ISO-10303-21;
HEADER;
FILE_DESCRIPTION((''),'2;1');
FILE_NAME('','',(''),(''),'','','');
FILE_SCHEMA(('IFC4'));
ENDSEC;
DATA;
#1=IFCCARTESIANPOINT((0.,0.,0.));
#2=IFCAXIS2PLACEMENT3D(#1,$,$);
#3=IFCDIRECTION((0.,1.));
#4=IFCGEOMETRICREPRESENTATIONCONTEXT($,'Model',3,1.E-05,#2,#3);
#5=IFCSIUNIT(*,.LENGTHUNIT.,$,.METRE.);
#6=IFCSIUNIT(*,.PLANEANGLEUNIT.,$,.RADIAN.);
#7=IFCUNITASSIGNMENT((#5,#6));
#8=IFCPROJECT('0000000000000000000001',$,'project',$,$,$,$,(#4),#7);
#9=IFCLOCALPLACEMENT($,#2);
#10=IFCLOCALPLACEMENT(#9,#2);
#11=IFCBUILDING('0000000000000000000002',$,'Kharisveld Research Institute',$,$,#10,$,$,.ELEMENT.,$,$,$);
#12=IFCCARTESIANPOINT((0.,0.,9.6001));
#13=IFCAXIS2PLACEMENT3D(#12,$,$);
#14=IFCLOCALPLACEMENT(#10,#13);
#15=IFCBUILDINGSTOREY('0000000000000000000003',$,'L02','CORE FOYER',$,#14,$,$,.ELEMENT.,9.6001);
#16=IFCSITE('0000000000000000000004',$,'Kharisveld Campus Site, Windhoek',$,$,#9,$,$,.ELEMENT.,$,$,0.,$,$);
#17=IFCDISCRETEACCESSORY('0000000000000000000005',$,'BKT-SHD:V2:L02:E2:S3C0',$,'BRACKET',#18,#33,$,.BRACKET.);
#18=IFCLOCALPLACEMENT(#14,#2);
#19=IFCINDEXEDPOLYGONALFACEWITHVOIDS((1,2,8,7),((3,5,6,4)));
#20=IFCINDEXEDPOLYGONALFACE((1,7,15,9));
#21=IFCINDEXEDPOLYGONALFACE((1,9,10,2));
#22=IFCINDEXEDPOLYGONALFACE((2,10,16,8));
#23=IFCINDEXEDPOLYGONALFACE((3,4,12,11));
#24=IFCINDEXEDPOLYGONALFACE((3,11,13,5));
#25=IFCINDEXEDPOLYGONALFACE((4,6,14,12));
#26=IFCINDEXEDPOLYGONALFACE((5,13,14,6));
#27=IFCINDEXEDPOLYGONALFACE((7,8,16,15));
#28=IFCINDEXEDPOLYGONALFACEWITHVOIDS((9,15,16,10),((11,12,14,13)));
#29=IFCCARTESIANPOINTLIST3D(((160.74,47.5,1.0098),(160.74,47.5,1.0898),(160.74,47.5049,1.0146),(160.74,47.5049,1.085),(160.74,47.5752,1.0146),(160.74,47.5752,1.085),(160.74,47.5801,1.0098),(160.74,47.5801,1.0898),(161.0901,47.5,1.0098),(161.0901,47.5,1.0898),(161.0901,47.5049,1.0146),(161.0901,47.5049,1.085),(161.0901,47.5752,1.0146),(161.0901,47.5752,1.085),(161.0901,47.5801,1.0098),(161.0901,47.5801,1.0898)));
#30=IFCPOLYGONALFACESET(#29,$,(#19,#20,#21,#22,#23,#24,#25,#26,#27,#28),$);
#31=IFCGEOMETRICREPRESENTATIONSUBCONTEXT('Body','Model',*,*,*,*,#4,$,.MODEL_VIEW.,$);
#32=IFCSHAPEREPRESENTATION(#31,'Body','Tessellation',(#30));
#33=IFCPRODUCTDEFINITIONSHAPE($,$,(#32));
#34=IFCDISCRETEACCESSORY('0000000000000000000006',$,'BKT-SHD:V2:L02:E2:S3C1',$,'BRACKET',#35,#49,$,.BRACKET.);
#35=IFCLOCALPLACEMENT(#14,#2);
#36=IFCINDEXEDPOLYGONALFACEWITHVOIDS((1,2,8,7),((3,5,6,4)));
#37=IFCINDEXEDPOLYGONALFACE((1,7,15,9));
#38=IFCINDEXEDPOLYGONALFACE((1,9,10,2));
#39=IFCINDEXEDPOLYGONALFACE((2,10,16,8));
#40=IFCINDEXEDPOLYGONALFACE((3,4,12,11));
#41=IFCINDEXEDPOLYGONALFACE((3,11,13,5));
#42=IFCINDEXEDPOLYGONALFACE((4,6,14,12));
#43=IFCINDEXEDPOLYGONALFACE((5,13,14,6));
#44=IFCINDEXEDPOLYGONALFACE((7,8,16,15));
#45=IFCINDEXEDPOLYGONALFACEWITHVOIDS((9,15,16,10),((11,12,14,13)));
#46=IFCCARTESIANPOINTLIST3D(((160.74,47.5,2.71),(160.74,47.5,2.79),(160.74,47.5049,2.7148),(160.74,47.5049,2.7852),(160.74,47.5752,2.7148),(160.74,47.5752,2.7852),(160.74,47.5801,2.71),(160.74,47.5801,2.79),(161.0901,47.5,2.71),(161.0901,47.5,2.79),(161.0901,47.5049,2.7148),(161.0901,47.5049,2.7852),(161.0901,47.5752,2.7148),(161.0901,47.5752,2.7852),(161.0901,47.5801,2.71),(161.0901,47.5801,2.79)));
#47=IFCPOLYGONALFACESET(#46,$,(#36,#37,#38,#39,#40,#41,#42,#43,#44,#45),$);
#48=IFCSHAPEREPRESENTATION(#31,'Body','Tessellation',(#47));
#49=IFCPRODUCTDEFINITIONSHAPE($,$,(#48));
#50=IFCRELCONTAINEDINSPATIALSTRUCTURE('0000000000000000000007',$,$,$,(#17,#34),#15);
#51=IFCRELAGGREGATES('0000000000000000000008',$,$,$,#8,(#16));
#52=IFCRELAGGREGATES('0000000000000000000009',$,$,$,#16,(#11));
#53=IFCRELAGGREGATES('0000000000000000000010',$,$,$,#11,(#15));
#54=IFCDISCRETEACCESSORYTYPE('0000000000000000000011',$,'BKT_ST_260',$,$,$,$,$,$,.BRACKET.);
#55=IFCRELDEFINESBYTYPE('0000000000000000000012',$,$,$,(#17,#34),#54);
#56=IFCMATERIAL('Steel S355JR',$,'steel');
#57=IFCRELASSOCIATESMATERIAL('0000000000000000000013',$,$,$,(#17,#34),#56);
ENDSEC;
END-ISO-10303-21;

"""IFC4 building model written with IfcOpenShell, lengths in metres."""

from ifc_helpers import new_model, si_unit, direction, frame, origin, origin_2d, place, context, subcontext, project, spatial, hollow_rectangle, extrude, material, type_object, element, save


model = new_model("IFC4")

# Units and contexts
model_context = context("Model", 3, precision=1e-05, world=origin(), true_north=direction((0.0, 1.0)))
body_context = subcontext(model_context, "Body", "Model", "MODEL_VIEW")
ifc_project = project(units=[si_unit("LENGTHUNIT", "METRE"), si_unit("PLANEANGLEUNIT", "RADIAN")], contexts=[model_context])

# Site, building, storey
site_placement = place(None, origin())
site = spatial("IfcSite", under=ifc_project, at=site_placement, Name="Kharisveld Campus Site, Windhoek", CompositionType="ELEMENT", RefElevation=0.0)
building_placement = place(site_placement, origin())
building = spatial("IfcBuilding", under=site, at=building_placement, Name="Kharisveld Research Institute", CompositionType="ELEMENT")
storey_placement = place(building_placement, frame((0.0, 0.0, 9.6001)))
storey = spatial("IfcBuildingStorey", under=building, at=storey_placement, Name="L02", Description="CORE FOYER", CompositionType="ELEMENT", Elevation=9.6001)

# Discrete accessories
ifc_material_1 = material(Name="Steel S355JR", Category="steel")
discrete_accessory_type = type_object("IfcDiscreteAccessoryType", Name="BKT_ST_260", PredefinedType="BRACKET")
for number, where, z_axis, x_axis, name in (
    (1, (160.74, 47.54, 1.0498), (1.0, 0.0, 0.0), (0.0, 1.0, 0.0), "BKT-SHD:V2:L02:E2:S3C0"),
    (2, (160.74, 47.54, 2.75), (1.0, 0.0, 0.0), (0.0, 1.0, 0.0), "BKT-SHD:V2:L02:E2:S3C1"),
):
    element("IfcDiscreteAccessory", number, at=place(storey_placement, frame(where, z_axis=z_axis, x_axis=x_axis)), inside=storey, type_object=discrete_accessory_type, material=ifc_material_1, Name=name, ObjectType="BRACKET", PredefinedType="BRACKET", context=body_context, shape_type="SweptSolid", body=[
        extrude(hollow_rectangle(XDim=0.0801, YDim=0.0801, WallThickness=0.0049, at=origin_2d()), origin(), (0.0, 0.0, 1.0), 0.3501),
    ])

save(model, "model.ifc")
